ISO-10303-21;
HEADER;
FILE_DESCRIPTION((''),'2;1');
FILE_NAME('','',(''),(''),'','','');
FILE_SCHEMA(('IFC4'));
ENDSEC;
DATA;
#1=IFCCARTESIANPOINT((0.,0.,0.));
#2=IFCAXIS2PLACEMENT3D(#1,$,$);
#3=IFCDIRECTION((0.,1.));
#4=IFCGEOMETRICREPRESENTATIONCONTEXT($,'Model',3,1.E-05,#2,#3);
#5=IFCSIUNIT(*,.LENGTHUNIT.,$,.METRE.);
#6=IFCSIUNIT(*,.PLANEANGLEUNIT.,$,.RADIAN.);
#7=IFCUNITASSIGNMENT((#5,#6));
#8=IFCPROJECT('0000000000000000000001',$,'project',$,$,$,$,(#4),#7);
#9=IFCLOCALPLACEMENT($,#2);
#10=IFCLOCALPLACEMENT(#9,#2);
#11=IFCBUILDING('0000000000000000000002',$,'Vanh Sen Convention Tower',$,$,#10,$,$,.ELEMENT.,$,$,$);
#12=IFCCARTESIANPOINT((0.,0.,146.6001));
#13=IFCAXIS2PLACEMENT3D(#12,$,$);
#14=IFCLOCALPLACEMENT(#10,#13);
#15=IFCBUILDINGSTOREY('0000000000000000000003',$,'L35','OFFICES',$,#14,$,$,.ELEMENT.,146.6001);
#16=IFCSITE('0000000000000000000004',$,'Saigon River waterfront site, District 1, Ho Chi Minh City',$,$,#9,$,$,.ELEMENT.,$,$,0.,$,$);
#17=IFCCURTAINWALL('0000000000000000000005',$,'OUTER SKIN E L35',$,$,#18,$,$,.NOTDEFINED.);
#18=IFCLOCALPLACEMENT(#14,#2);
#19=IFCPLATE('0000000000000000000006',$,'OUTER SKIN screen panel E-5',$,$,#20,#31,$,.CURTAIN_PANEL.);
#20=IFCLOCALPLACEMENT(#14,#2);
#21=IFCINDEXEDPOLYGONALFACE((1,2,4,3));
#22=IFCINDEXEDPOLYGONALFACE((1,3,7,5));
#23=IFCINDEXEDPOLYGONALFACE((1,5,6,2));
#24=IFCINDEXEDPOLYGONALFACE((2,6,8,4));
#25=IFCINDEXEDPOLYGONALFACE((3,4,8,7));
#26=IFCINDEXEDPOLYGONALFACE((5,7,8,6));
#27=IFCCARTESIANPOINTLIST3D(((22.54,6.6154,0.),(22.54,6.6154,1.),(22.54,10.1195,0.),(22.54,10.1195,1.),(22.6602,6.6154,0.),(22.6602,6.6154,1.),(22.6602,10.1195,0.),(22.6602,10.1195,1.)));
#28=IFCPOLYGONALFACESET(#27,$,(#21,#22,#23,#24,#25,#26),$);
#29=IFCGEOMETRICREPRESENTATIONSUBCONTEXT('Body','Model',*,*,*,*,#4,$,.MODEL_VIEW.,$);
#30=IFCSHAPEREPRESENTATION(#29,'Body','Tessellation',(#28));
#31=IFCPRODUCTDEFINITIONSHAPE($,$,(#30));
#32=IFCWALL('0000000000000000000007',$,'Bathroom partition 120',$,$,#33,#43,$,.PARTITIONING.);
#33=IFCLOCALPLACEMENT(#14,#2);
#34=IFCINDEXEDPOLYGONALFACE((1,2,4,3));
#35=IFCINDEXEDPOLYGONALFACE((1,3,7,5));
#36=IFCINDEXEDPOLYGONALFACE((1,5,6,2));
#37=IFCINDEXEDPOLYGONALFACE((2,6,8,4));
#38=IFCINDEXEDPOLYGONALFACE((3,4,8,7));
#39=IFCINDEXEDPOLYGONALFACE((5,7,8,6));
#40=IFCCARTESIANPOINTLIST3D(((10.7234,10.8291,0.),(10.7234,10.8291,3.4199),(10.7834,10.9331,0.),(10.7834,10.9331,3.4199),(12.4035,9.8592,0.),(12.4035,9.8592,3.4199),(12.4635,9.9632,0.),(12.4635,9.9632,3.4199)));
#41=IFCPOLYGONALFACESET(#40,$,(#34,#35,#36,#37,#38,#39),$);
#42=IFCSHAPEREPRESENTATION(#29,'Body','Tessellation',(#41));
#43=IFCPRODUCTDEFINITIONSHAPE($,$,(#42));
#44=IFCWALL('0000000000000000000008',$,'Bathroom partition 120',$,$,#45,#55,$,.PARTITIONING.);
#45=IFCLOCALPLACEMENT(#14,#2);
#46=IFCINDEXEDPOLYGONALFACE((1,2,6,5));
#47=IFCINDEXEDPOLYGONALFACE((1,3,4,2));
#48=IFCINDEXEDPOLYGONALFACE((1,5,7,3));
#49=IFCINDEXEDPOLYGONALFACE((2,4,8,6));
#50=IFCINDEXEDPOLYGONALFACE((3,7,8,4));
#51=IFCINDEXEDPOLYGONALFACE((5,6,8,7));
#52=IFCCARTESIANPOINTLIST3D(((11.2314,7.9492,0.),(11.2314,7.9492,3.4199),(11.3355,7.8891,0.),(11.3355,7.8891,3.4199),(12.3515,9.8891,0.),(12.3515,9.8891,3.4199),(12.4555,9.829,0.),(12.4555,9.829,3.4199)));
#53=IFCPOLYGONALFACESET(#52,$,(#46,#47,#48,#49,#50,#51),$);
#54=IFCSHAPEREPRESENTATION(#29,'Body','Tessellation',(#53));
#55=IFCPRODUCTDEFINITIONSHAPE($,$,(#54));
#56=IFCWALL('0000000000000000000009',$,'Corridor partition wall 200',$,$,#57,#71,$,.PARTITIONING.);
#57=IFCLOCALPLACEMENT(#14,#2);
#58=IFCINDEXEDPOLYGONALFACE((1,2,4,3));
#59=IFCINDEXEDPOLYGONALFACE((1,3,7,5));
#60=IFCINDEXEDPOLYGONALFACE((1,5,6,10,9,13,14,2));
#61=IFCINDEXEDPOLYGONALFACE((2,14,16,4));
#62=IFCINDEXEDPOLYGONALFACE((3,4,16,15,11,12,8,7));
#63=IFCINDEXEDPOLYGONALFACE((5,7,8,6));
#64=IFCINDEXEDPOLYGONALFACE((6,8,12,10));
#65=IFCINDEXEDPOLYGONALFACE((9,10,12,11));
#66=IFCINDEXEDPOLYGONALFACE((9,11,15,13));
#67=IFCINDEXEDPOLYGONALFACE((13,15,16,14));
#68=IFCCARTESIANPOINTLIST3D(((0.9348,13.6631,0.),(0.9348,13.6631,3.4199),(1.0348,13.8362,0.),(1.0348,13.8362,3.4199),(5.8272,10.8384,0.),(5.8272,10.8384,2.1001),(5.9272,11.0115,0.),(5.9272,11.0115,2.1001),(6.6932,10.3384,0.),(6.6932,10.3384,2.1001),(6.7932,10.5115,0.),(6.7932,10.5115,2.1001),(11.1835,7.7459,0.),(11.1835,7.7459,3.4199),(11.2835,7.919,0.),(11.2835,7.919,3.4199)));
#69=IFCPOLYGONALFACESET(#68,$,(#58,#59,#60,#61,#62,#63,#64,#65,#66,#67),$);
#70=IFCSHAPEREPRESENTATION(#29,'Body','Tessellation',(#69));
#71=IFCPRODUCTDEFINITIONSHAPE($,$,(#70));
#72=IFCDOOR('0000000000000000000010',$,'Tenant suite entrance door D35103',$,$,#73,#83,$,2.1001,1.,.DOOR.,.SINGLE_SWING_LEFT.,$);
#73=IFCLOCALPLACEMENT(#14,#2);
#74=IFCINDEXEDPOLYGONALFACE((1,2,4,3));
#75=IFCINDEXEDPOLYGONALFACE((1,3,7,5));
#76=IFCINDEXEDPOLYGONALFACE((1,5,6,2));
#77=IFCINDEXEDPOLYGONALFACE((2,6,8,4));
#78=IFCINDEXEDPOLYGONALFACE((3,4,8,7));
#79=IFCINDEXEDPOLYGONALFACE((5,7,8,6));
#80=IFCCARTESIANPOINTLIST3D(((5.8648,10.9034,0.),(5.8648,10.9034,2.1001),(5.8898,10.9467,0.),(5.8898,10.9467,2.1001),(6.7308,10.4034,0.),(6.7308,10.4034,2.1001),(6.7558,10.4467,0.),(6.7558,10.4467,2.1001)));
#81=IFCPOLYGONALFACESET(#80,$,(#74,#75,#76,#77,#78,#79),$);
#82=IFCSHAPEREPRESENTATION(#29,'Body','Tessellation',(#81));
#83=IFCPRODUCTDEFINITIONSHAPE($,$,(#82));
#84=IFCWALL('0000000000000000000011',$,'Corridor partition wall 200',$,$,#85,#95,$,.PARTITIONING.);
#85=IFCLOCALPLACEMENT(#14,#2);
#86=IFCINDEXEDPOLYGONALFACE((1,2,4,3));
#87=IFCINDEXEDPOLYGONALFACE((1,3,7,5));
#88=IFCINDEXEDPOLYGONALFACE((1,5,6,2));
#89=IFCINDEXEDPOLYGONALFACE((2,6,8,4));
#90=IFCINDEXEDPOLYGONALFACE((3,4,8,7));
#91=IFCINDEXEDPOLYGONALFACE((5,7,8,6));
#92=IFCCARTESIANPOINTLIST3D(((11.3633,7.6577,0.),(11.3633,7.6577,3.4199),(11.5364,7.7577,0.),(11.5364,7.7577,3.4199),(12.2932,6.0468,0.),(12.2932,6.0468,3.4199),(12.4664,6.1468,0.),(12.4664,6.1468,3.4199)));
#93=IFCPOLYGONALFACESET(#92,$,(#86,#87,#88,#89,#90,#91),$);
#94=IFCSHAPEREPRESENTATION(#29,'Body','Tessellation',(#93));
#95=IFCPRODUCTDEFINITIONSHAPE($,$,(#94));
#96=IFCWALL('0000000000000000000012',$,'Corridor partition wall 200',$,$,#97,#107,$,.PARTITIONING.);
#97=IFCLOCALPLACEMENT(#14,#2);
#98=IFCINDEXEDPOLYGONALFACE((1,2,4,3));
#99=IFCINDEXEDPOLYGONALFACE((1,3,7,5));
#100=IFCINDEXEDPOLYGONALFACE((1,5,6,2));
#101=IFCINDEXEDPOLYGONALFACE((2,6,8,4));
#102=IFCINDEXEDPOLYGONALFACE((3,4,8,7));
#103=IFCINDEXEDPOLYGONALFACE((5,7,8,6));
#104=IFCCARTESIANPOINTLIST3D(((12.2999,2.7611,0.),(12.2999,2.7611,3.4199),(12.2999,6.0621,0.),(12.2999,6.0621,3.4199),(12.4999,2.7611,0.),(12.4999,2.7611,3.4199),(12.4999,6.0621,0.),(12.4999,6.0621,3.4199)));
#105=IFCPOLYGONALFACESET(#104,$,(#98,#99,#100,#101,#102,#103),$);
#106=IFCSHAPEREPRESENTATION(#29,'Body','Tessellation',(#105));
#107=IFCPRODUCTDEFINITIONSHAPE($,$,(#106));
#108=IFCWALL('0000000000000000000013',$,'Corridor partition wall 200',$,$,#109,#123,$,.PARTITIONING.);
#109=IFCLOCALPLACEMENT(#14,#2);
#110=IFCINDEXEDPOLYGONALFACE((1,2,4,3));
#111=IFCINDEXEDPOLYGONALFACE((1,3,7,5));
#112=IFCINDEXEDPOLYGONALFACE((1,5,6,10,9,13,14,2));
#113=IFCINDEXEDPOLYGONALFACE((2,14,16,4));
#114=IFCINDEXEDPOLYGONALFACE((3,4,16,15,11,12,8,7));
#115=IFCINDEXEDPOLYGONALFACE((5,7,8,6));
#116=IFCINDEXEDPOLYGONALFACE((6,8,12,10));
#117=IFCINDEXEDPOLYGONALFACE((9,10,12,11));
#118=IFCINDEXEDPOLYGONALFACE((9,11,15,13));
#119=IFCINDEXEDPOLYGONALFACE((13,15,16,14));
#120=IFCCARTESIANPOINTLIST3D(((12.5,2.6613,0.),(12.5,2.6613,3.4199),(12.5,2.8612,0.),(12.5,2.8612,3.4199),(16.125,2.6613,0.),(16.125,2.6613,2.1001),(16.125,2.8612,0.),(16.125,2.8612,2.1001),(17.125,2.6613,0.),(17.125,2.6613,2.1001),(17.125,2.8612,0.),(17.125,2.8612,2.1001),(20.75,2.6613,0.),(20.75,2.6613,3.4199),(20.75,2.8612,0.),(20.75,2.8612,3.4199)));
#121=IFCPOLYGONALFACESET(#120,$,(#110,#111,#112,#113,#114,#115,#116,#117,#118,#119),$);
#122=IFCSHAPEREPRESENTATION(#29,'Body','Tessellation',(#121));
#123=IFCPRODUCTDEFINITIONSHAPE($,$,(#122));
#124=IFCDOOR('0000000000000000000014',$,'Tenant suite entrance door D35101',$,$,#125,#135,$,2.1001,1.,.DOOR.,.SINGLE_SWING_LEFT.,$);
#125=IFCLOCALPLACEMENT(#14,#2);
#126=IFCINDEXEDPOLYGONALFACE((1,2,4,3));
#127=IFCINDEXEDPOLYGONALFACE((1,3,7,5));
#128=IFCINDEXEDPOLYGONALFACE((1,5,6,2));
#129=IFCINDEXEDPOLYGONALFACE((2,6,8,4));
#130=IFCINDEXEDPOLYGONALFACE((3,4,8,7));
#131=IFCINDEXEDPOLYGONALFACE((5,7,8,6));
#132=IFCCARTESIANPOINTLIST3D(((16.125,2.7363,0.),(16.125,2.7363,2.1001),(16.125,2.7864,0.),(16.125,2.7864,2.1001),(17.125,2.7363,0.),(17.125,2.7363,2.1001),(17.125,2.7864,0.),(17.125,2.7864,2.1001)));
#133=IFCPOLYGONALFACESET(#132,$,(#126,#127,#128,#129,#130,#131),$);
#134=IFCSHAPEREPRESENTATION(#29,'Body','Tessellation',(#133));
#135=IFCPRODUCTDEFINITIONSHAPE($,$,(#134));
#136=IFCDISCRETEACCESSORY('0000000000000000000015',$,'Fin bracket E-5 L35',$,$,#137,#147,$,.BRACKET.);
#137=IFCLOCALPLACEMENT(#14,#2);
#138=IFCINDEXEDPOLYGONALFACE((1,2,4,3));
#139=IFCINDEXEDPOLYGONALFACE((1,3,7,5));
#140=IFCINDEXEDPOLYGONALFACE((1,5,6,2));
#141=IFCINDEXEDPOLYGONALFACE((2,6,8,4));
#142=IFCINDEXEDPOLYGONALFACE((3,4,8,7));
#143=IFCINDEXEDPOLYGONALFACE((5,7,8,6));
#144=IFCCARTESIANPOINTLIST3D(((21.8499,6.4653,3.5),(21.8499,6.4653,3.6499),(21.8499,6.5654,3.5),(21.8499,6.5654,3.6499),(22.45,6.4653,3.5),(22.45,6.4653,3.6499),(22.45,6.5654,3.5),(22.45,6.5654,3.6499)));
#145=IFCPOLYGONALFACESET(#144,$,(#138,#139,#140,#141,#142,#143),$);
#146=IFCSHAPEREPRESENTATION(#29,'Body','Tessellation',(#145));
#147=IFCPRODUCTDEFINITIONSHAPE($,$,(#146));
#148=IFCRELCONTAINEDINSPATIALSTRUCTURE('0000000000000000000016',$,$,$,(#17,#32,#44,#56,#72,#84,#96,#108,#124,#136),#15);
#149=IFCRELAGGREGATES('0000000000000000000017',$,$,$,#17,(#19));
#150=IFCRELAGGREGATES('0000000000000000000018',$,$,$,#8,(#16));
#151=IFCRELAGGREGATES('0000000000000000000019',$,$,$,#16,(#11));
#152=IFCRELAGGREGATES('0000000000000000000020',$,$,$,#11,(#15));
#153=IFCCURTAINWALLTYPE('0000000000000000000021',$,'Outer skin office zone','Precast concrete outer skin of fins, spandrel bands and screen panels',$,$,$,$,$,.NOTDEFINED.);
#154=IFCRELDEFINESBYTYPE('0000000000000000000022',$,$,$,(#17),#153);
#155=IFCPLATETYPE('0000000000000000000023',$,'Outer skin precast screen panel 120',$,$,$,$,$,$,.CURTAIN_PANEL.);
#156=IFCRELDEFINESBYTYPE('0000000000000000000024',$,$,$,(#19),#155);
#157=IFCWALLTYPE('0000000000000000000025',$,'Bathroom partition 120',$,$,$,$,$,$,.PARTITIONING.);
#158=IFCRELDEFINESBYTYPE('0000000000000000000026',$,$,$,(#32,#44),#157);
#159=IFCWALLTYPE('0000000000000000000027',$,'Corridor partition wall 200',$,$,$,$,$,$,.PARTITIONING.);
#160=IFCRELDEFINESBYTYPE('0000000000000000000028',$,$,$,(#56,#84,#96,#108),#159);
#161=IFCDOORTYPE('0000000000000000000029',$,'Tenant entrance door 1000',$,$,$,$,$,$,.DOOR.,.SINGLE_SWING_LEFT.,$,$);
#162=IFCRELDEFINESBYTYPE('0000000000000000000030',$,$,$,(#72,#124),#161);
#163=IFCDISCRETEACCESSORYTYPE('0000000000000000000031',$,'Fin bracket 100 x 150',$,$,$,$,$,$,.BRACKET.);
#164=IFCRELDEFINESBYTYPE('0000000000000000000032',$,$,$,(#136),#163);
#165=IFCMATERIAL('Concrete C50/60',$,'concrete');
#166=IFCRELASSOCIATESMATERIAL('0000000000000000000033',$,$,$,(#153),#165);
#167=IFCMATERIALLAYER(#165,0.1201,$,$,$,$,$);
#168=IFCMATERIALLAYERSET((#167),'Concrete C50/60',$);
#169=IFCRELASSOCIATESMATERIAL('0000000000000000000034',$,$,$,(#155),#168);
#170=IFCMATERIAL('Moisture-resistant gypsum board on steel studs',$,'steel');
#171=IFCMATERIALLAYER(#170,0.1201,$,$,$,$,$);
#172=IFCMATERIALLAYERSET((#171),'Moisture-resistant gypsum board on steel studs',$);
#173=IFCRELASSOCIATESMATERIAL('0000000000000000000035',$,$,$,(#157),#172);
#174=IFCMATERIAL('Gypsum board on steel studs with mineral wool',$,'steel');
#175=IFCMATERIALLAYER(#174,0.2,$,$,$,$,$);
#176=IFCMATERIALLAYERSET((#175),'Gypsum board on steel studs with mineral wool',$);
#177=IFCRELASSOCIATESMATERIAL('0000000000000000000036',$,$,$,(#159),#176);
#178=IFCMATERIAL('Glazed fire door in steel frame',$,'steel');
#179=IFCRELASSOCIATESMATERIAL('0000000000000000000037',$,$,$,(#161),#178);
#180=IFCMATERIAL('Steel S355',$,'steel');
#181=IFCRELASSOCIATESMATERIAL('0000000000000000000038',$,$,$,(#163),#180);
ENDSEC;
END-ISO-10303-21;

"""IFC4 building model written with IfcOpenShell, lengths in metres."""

from ifc_helpers import new_model, si_unit, direction, frame, frame_2d, origin, origin_2d, place, context, subcontext, project, spatial, rectangle, extrude, material, layer, layer_set, type_object, element, fill, aggregate, save


model = new_model("IFC4")

# Units and contexts
model_context = context("Model", 3, precision=1e-05, world=origin(), true_north=direction((0.0, 1.0)))
body_context = subcontext(model_context, "Body", "Model", "MODEL_VIEW")
ifc_project = project(units=[si_unit("LENGTHUNIT", "METRE"), si_unit("PLANEANGLEUNIT", "RADIAN")], contexts=[model_context])

# Site, building, storey
site_placement = place(None, origin())
site = spatial("IfcSite", under=ifc_project, at=site_placement, Name="Saigon River waterfront site, District 1, Ho Chi Minh City", CompositionType="ELEMENT", RefElevation=0.0)
building_placement = place(site_placement, origin())
building = spatial("IfcBuilding", under=site, at=building_placement, Name="Vanh Sen Convention Tower", CompositionType="ELEMENT")
storey_placement = place(building_placement, frame((0.0, 0.0, 146.6001)))
storey = spatial("IfcBuildingStorey", under=building, at=storey_placement, Name="L35", Description="OFFICES", CompositionType="ELEMENT", Elevation=146.6001)

# Curtain wall
ifc_material_1 = material(Name="Concrete C50/60", Category="concrete")
curtain_wall_type = type_object("IfcCurtainWallType", Name="Outer skin office zone", Description="Precast concrete outer skin of fins, spandrel bands and screen panels", PredefinedType="NOTDEFINED", material=ifc_material_1)
curtain_wall_1_placement = place(storey_placement, origin())
curtain_wall_1 = element("IfcCurtainWall", 1, at=curtain_wall_1_placement, inside=storey, type_object=curtain_wall_type, Name="OUTER SKIN E L35", PredefinedType="NOTDEFINED")

# Plate
ifc_layer_1 = layer(ifc_material_1, 0.1201)
ifc_layer_set_1 = layer_set([ifc_layer_1], Name="Concrete C50/60")
plate_type = type_object("IfcPlateType", Name="Outer skin precast screen panel 120", PredefinedType="CURTAIN_PANEL", material=ifc_layer_set_1)
plate_1_placement = place(storey_placement, frame((22.6001, 8.3674, 0.0), z_axis=(0.0, 0.0, 1.0), x_axis=(0.0, 1.0, 0.0)))
plate_1 = element("IfcPlate", 2, at=plate_1_placement, type_object=plate_type, Name="OUTER SKIN screen panel E-5", PredefinedType="CURTAIN_PANEL", context=body_context, shape_type="SweptSolid", body=[
    extrude(rectangle(XDim=3.5042, YDim=0.1201, at=origin_2d()), origin(), (0.0, 0.0, 1.0), 1.0),
])
aggregate(curtain_wall_1, [plate_1])

# Walls
ifc_material_2 = material(Name="Moisture-resistant gypsum board on steel studs", Category="steel")
ifc_layer_2 = layer(ifc_material_2, 0.1201)
ifc_layer_set_2 = layer_set([ifc_layer_2], Name="Moisture-resistant gypsum board on steel studs")
wall_type_1 = type_object("IfcWallType", Name="Bathroom partition 120", PredefinedType="PARTITIONING", material=ifc_layer_set_2)
wall_1_placement = place(storey_placement, frame((10.7534, 10.8811, 0.0), z_axis=(0.0, 0.0, 1.0), x_axis=(0.866043, -0.499969, 0.0)))
element("IfcWall", 3, at=wall_1_placement, inside=storey, type_object=wall_type_1, Name="Bathroom partition 120", PredefinedType="PARTITIONING", context=body_context, shape_type="SweptSolid", body=[
    extrude(rectangle(XDim=1.9399, YDim=0.1201, at=frame_2d((0.97, 0.0))), origin(), (0.0, 0.0, 1.0), 3.4199),
])
wall_2_placement = place(storey_placement, frame((12.4036, 9.8591, 0.0), z_axis=(0.0, 0.0, 1.0), x_axis=(-0.500031, -0.866008, 0.0)))
element("IfcWall", 4, at=wall_2_placement, inside=storey, type_object=wall_type_1, Name="Bathroom partition 120", PredefinedType="PARTITIONING", context=body_context, shape_type="SweptSolid", body=[
    extrude(rectangle(XDim=2.24, YDim=0.1201, at=frame_2d((1.1201, 0.0))), origin(), (0.0, 0.0, 1.0), 3.4199),
])

# Wall, opening, door
ifc_material_3 = material(Name="Gypsum board on steel studs with mineral wool", Category="steel")
ifc_layer_3 = layer(ifc_material_3, 0.2)
ifc_layer_set_3 = layer_set([ifc_layer_3], Name="Gypsum board on steel studs with mineral wool")
wall_type_2 = type_object("IfcWallType", Name="Corridor partition wall 200", PredefinedType="PARTITIONING", material=ifc_layer_set_3)
wall_3_placement = place(storey_placement, frame((11.2334, 7.8325, 0.0), z_axis=(0.0, 0.0, 1.0), x_axis=(-0.866022, 0.500006, 0.0)))
wall_3 = element("IfcWall", 5, at=wall_3_placement, inside=storey, type_object=wall_type_2, Name="Corridor partition wall 200", PredefinedType="PARTITIONING", context=body_context, shape_type="SweptSolid", body=[
    extrude(rectangle(XDim=11.8342, YDim=0.2, at=frame_2d((5.917, 0.0))), origin(), (0.0, 0.0, 1.0), 3.4199),
])
opening_1_placement = place(wall_3_placement, frame((5.1848, 0.0, 0.0)))
opening_1 = element("IfcOpeningElement", 6, at=opening_1_placement, cuts=wall_3, PredefinedType="OPENING", context=body_context, shape_type="SweptSolid", body=[
    extrude(rectangle(XDim=1.0, YDim=2.1001, at=frame_2d((0.5, 1.05))), frame((0.0, 0.1099, 0.0), z_axis=(0.0, -1.0, 0.0), x_axis=(1.0, 0.0, 0.0)), (0.0, 0.0, 1.0), 0.22),
])
ifc_material_4 = material(Name="Glazed fire door in steel frame", Category="steel")
door_type = type_object("IfcDoorType", Name="Tenant entrance door 1000", OperationType="SINGLE_SWING_LEFT", PredefinedType="DOOR", material=ifc_material_4)
door_1_placement = place(opening_1_placement, origin())
door_1 = element("IfcDoor", 7, at=door_1_placement, inside=storey, type_object=door_type, Name="Tenant suite entrance door D35103", OperationType="SINGLE_SWING_LEFT", OverallHeight=2.1001, OverallWidth=1.0, PredefinedType="DOOR", context=body_context, shape_type="SweptSolid", body=[
    extrude(rectangle(XDim=1.0, YDim=2.1001, at=frame_2d((0.5, 1.05))), frame((0.0, 0.0249, 0.0), z_axis=(0.0, -1.0, 0.0), x_axis=(1.0, 0.0, 0.0)), (0.0, 0.0, 1.0), 0.05),
])
fill(opening_1, door_1)

# Walls
wall_4_placement = place(storey_placement, frame((12.3799, 6.0967, 0.0), z_axis=(0.0, 0.0, 1.0), x_axis=(-0.499965, 0.866046, 0.0)))
element("IfcWall", 8, at=wall_4_placement, inside=storey, type_object=wall_type_2, Name="Corridor partition wall 200", PredefinedType="PARTITIONING", context=body_context, shape_type="SweptSolid", body=[
    extrude(rectangle(XDim=1.8601, YDim=0.2, at=frame_2d((0.9302, 0.0))), origin(), (0.0, 0.0, 1.0), 3.4199),
])
wall_5_placement = place(storey_placement, frame((12.3999, 2.7612, 0.0), z_axis=(0.0, 0.0, 1.0), x_axis=(0.0, 1.0, 0.0)))
element("IfcWall", 9, at=wall_5_placement, inside=storey, type_object=wall_type_2, Name="Corridor partition wall 200", PredefinedType="PARTITIONING", context=body_context, shape_type="SweptSolid", body=[
    extrude(rectangle(XDim=3.301, YDim=0.2, at=frame_2d((1.6504, 0.0))), origin(), (0.0, 0.0, 1.0), 3.4199),
])

# Wall, opening, door
wall_6_placement = place(storey_placement, frame((20.75, 2.7612, 0.0), z_axis=(0.0, 0.0, 1.0), x_axis=(-1.0, 0.0, 0.0)))
wall_6 = element("IfcWall", 10, at=wall_6_placement, inside=storey, type_object=wall_type_2, Name="Corridor partition wall 200", PredefinedType="PARTITIONING", context=body_context, shape_type="SweptSolid", body=[
    extrude(rectangle(XDim=8.25, YDim=0.2, at=frame_2d((4.125, 0.0))), origin(), (0.0, 0.0, 1.0), 3.4199),
])
opening_2_placement = place(wall_6_placement, frame((3.625, 0.0, 0.0)))
opening_2 = element("IfcOpeningElement", 11, at=opening_2_placement, cuts=wall_6, PredefinedType="OPENING", context=body_context, shape_type="SweptSolid", body=[
    extrude(rectangle(XDim=1.0, YDim=2.1001, at=frame_2d((0.5, 1.05))), frame((0.0, 0.1099, 0.0), z_axis=(0.0, -1.0, 0.0), x_axis=(1.0, 0.0, 0.0)), (0.0, 0.0, 1.0), 0.22),
])
door_2_placement = place(opening_2_placement, origin())
door_2 = element("IfcDoor", 12, at=door_2_placement, inside=storey, type_object=door_type, Name="Tenant suite entrance door D35101", OperationType="SINGLE_SWING_LEFT", OverallHeight=2.1001, OverallWidth=1.0, PredefinedType="DOOR", context=body_context, shape_type="SweptSolid", body=[
    extrude(rectangle(XDim=1.0, YDim=2.1001, at=frame_2d((0.5, 1.05))), frame((0.0, 0.0249, 0.0), z_axis=(0.0, -1.0, 0.0), x_axis=(1.0, 0.0, 0.0)), (0.0, 0.0, 1.0), 0.05),
])
fill(opening_2, door_2)

# Discrete accessory
ifc_material_5 = material(Name="Steel S355", Category="steel")
discrete_accessory_type = type_object("IfcDiscreteAccessoryType", Name="Fin bracket 100 x 150", PredefinedType="BRACKET", material=ifc_material_5)
discrete_accessory_placement = place(storey_placement, frame((22.1499, 6.5154, 3.5), z_axis=(0.0, 0.0, 1.0), x_axis=(1.0, 0.0, 0.0)))
element("IfcDiscreteAccessory", 13, at=discrete_accessory_placement, inside=storey, type_object=discrete_accessory_type, Name="Fin bracket E-5 L35", PredefinedType="BRACKET", context=body_context, shape_type="SweptSolid", body=[
    extrude(rectangle(XDim=0.6001, YDim=0.1001, at=origin_2d()), origin(), (0.0, 0.0, 1.0), 0.1499),
])

save(model, "model.ifc")
